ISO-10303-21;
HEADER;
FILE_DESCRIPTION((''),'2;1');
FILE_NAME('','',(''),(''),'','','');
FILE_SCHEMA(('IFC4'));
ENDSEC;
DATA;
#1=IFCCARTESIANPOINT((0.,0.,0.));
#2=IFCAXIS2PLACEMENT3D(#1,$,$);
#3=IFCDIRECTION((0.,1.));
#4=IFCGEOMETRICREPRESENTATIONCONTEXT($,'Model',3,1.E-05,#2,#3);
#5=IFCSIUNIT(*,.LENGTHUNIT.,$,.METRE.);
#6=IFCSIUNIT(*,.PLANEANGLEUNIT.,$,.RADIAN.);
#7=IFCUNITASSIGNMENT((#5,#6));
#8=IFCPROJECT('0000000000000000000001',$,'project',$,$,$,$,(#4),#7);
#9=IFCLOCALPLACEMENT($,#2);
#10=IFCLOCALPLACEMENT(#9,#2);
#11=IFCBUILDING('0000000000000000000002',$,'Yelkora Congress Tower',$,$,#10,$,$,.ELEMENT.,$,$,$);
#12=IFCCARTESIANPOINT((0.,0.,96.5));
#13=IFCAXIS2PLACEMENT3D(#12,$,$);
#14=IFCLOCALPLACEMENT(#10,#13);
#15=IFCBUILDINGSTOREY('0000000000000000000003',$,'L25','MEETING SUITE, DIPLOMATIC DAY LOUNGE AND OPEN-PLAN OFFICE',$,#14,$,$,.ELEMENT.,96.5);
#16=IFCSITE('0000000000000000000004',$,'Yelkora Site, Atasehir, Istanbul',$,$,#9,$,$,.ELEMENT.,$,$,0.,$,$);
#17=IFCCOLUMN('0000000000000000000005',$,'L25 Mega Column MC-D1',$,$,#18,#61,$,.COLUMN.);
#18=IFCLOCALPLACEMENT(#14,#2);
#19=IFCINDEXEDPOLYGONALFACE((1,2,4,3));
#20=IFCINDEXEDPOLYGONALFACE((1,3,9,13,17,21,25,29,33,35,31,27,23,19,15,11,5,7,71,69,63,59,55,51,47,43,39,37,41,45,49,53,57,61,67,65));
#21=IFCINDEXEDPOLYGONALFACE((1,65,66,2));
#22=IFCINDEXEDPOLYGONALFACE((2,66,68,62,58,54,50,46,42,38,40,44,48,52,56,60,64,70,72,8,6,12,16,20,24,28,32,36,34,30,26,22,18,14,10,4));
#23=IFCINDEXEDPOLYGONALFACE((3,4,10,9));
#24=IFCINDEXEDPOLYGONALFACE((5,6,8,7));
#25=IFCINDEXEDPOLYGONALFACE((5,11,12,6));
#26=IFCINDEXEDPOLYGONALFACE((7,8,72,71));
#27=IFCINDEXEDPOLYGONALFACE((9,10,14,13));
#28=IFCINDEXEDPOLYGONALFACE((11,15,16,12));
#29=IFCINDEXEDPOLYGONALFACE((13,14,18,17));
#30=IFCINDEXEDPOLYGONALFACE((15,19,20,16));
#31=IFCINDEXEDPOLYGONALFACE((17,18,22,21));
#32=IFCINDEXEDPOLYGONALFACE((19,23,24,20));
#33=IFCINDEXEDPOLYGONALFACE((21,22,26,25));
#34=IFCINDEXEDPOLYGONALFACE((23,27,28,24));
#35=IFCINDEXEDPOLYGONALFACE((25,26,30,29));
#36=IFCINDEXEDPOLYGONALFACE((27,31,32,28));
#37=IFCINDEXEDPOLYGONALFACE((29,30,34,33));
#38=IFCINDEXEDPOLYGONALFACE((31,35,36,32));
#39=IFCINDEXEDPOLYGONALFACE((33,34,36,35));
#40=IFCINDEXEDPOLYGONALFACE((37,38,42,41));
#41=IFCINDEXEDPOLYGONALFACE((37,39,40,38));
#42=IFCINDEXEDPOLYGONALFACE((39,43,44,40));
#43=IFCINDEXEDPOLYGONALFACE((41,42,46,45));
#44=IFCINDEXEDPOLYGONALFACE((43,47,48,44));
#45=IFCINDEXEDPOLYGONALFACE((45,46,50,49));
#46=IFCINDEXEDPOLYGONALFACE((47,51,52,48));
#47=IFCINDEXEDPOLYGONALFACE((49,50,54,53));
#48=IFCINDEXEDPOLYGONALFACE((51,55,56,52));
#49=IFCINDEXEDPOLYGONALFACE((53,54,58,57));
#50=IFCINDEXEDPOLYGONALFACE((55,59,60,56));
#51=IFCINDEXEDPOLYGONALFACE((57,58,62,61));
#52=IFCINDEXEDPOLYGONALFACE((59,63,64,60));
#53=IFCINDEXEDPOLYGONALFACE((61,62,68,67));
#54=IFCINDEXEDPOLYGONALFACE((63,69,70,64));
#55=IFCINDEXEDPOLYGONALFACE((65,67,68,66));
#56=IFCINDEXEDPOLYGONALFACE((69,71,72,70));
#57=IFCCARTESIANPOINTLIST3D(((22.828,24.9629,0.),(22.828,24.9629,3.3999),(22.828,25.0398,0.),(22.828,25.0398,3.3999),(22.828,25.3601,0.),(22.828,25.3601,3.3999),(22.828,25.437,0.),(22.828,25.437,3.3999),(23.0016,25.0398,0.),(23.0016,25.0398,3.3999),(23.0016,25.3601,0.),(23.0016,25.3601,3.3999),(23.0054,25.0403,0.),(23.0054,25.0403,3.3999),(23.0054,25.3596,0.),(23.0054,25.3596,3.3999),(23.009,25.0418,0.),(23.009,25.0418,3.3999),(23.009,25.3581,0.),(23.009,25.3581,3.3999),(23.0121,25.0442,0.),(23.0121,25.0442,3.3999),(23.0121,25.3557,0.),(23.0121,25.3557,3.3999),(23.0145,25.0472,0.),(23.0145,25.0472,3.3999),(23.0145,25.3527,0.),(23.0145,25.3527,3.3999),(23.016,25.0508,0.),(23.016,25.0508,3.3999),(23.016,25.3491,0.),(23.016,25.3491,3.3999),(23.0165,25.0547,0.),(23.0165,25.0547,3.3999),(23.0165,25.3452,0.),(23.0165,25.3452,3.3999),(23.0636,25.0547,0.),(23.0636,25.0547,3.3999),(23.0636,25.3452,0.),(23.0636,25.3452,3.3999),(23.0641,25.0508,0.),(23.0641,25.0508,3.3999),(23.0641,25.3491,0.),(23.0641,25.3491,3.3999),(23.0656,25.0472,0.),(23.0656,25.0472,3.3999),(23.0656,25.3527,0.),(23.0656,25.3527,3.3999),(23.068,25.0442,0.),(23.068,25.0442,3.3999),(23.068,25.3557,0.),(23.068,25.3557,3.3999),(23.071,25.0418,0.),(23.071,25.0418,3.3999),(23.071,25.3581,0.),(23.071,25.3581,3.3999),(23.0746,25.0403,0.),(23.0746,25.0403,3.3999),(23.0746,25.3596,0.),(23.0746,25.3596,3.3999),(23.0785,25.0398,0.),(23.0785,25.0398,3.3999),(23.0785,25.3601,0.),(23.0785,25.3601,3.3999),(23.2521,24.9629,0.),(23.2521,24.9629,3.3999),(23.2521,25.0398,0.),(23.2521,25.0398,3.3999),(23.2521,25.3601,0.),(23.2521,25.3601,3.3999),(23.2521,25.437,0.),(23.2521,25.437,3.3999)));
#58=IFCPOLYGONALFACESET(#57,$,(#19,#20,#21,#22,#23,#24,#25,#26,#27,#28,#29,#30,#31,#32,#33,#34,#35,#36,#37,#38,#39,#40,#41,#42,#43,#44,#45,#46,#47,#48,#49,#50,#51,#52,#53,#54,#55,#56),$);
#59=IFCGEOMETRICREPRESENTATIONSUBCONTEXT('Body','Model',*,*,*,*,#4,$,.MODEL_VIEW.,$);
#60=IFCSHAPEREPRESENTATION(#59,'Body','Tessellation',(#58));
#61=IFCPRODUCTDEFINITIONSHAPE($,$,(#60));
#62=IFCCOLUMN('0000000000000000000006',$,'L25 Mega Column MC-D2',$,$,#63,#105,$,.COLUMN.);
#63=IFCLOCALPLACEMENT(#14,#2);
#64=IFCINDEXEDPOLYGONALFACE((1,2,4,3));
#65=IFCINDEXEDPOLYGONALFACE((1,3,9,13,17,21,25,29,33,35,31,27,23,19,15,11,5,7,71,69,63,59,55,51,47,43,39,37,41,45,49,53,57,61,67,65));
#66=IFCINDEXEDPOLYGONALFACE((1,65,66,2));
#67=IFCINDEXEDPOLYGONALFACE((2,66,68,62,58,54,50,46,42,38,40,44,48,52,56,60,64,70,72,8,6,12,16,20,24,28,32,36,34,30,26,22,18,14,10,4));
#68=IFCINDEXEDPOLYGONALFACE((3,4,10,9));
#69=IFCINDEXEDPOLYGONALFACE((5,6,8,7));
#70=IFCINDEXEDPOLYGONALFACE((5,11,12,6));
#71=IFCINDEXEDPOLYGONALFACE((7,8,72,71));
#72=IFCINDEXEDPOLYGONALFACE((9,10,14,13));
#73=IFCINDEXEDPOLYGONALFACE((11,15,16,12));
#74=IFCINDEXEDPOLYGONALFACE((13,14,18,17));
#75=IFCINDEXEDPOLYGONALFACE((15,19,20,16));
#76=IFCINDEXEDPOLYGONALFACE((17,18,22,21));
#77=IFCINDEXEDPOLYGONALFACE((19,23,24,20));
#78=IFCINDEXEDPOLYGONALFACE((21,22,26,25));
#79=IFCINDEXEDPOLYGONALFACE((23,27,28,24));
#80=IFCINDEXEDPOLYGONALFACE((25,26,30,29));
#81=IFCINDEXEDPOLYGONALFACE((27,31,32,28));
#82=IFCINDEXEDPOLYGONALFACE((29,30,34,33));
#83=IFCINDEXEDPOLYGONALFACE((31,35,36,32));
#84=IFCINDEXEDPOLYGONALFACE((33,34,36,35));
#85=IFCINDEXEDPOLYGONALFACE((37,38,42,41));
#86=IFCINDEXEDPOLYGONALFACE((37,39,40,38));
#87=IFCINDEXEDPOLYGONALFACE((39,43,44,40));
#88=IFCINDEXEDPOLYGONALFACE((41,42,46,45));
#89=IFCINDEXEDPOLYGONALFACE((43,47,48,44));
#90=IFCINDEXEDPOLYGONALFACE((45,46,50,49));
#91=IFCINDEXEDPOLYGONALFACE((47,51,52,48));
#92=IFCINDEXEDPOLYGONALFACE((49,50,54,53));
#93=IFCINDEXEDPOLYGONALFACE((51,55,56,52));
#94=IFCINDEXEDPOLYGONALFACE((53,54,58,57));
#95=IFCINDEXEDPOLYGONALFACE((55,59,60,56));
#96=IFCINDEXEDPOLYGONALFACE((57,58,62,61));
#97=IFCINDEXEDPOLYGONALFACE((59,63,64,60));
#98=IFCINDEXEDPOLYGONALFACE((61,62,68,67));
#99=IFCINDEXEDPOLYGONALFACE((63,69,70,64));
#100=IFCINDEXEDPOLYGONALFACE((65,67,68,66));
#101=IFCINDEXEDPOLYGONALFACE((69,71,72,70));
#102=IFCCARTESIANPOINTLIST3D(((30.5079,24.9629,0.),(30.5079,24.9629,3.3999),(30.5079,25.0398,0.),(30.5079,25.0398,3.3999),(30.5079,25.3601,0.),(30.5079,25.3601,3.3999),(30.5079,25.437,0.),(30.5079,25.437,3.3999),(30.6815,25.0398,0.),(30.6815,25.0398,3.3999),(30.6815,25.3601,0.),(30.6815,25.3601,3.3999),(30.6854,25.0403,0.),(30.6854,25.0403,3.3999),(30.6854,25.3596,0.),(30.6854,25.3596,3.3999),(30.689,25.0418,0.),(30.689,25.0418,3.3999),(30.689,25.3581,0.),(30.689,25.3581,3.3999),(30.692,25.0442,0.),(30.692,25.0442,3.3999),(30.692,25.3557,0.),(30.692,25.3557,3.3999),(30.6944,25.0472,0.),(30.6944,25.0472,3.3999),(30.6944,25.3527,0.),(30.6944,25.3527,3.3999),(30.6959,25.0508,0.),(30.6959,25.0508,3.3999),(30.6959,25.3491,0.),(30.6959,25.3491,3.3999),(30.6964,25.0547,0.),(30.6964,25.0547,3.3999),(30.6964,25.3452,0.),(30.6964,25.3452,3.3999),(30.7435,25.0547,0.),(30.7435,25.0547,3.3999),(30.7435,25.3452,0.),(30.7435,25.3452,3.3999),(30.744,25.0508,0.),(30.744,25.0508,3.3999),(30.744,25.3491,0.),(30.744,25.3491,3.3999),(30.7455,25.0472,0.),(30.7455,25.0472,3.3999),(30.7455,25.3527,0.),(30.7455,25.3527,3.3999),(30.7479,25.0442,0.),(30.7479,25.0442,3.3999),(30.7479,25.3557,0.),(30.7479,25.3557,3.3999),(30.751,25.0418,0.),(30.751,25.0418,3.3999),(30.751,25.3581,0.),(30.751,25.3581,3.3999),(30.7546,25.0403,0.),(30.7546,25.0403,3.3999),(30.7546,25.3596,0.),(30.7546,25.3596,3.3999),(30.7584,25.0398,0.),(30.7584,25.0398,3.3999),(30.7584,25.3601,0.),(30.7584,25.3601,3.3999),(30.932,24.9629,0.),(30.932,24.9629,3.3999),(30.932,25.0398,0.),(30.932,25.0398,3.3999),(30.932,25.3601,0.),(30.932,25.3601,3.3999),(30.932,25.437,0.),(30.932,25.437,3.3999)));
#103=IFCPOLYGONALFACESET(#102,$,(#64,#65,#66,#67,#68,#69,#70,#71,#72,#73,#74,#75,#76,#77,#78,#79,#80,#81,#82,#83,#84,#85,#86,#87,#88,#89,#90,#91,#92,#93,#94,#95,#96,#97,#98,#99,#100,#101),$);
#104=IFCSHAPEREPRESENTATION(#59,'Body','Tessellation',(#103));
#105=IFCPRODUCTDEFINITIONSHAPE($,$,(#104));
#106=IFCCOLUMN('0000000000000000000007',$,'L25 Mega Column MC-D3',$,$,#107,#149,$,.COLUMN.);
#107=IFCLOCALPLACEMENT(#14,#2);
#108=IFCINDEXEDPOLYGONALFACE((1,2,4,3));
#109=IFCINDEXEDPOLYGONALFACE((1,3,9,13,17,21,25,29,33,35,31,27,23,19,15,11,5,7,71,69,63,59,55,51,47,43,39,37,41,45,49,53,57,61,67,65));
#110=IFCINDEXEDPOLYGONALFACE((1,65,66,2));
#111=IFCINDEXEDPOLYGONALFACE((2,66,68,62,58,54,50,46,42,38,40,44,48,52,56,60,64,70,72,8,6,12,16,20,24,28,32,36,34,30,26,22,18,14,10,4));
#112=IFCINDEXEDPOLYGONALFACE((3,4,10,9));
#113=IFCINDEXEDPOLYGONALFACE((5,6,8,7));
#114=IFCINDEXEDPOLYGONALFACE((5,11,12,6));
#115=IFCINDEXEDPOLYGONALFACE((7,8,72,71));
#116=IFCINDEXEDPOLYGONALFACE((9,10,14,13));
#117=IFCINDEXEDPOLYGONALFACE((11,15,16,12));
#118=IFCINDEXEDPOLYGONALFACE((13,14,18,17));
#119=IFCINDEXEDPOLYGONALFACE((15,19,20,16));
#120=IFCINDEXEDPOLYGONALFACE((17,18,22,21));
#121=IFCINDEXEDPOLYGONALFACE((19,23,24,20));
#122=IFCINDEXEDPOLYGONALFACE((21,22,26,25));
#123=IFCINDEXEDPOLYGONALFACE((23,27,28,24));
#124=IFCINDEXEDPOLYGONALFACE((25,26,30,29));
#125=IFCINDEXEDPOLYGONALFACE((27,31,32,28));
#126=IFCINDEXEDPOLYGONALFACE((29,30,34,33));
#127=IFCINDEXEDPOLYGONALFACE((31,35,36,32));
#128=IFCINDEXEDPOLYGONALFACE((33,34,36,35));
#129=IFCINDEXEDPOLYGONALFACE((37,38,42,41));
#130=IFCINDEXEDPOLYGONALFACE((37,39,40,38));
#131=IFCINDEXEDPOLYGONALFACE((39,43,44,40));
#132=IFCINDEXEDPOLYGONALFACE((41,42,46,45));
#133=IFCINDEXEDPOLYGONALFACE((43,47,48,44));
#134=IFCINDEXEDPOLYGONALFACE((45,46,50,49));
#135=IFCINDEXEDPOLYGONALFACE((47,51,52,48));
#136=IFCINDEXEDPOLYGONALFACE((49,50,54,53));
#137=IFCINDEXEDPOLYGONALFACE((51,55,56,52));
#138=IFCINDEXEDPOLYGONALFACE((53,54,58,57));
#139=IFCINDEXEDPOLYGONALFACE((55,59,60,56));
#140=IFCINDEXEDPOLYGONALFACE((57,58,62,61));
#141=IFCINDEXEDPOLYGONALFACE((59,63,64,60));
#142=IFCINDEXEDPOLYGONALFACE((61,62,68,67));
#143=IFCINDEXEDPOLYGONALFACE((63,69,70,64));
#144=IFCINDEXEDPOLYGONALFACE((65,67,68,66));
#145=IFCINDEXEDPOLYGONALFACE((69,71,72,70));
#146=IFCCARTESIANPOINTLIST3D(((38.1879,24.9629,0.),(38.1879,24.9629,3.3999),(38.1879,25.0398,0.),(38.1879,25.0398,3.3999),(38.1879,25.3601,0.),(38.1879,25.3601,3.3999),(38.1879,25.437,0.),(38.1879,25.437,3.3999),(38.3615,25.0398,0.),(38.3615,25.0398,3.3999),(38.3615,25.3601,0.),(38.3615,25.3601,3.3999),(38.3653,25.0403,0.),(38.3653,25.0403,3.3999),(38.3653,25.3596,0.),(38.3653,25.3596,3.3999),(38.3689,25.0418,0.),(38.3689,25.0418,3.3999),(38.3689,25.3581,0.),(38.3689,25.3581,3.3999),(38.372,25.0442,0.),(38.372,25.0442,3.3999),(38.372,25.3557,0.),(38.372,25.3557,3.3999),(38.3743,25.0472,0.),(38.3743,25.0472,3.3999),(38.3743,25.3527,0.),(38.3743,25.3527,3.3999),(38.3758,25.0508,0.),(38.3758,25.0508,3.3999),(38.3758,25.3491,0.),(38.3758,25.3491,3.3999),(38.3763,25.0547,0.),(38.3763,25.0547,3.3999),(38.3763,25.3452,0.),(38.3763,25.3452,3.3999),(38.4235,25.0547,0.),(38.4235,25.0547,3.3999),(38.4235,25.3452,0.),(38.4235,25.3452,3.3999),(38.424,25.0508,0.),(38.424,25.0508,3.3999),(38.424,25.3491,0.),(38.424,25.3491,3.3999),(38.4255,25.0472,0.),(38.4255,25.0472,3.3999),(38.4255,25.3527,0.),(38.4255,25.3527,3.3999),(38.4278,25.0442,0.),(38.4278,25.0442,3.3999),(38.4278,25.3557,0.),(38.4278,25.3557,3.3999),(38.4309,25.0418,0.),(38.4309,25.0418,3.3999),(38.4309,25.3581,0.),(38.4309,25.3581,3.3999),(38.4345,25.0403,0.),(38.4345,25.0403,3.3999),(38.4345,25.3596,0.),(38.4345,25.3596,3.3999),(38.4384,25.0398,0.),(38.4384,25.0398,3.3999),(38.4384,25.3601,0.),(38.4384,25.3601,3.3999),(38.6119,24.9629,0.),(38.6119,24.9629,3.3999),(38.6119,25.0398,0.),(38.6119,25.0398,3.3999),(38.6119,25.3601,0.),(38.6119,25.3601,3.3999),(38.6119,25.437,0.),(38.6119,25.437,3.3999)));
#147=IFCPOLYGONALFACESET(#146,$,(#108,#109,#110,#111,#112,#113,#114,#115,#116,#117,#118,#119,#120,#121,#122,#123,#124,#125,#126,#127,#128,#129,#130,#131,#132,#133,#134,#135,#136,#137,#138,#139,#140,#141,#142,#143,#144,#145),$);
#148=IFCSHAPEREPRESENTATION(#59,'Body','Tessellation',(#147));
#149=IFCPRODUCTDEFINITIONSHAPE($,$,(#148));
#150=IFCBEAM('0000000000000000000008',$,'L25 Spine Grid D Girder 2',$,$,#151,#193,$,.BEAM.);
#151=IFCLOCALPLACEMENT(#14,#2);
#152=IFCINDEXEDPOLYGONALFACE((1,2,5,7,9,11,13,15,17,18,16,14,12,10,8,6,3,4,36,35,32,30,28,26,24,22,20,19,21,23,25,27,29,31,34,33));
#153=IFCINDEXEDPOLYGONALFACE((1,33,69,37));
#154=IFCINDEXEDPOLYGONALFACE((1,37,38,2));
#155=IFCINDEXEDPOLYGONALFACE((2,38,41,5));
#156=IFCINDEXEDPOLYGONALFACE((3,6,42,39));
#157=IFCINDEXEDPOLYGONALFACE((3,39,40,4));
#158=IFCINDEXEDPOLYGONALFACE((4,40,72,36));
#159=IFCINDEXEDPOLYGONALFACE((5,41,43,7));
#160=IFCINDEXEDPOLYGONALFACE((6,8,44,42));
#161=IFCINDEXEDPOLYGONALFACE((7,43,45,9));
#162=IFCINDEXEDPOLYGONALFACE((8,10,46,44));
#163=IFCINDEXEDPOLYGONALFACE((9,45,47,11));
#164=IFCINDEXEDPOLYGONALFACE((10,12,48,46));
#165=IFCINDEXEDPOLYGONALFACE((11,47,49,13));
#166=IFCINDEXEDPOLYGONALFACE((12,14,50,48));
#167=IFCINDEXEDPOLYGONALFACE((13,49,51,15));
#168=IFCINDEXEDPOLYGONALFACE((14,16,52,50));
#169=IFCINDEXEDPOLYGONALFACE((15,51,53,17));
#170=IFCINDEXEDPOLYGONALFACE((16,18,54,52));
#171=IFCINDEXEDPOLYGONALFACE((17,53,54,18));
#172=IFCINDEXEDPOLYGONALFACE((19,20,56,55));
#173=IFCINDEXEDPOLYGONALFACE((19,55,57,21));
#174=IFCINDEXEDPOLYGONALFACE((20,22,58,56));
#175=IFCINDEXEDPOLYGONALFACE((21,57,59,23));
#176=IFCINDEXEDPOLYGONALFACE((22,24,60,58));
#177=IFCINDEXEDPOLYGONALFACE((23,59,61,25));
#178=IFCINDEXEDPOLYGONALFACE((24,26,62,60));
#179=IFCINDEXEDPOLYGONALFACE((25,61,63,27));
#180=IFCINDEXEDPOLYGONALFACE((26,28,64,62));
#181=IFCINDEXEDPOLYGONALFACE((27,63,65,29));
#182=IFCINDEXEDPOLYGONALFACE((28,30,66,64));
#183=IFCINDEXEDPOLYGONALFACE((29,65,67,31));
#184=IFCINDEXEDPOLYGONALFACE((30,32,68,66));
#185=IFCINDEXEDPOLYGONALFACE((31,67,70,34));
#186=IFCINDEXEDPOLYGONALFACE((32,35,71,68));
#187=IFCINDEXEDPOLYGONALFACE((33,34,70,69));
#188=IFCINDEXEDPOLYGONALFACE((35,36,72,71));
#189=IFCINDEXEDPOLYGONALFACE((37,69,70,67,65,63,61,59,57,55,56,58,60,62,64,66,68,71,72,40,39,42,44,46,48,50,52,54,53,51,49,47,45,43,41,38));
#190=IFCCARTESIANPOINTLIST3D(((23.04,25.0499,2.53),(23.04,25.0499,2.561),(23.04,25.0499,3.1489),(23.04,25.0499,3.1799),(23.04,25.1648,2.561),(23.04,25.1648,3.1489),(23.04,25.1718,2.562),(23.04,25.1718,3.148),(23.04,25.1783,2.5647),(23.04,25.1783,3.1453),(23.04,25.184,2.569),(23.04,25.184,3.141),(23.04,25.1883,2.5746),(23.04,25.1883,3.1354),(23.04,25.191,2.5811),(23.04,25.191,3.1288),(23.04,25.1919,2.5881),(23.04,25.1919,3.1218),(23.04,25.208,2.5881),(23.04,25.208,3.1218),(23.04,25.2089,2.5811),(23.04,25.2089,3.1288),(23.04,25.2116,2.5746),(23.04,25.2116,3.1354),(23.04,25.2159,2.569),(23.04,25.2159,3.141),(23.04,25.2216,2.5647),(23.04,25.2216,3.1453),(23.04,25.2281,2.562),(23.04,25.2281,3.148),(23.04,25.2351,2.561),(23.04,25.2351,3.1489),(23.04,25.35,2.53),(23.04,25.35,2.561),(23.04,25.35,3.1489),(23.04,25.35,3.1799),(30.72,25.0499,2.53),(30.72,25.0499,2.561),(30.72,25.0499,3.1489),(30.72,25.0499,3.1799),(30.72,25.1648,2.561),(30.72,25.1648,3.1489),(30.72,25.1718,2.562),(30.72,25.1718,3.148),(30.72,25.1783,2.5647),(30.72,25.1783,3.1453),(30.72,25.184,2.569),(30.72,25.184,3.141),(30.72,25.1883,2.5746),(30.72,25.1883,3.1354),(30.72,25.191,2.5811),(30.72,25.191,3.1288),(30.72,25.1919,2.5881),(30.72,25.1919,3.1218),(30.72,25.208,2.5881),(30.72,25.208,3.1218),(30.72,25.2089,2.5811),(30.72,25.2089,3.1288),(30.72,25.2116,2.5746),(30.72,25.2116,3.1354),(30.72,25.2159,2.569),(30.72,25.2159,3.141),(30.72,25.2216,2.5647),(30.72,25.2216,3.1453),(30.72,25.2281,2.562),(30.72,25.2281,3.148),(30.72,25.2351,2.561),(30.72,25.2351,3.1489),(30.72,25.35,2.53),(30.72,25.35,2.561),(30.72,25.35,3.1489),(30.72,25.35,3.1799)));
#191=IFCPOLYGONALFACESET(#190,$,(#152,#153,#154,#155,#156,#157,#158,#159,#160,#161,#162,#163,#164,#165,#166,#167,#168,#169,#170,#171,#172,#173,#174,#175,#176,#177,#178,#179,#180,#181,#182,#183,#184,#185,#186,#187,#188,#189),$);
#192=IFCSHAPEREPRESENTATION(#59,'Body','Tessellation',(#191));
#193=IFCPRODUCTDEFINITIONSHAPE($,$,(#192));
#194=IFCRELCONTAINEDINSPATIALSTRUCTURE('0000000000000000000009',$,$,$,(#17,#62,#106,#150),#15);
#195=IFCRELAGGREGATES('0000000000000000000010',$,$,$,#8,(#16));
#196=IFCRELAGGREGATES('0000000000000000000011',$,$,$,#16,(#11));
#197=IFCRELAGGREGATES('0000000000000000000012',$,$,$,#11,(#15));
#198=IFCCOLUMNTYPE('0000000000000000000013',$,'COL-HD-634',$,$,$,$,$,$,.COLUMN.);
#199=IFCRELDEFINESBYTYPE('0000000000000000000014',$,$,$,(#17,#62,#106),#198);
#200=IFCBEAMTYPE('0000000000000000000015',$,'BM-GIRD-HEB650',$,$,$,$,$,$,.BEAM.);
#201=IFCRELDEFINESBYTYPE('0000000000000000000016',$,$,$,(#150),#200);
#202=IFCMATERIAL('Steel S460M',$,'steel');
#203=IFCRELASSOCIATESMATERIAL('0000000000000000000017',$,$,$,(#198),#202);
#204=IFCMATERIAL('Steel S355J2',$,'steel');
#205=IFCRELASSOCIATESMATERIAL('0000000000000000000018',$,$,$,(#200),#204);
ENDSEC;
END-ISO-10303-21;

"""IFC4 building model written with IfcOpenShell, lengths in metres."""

from ifc_helpers import new_model, si_unit, direction, frame, origin, origin_2d, place, context, subcontext, project, spatial, i_section, extrude, material, material_profile, profile_set, type_object, element, save


model = new_model("IFC4")

# Units and contexts
model_context = context("Model", 3, precision=1e-05, world=origin(), true_north=direction((0.0, 1.0)))
body_context = subcontext(model_context, "Body", "Model", "MODEL_VIEW")
ifc_project = project(units=[si_unit("LENGTHUNIT", "METRE"), si_unit("PLANEANGLEUNIT", "RADIAN")], contexts=[model_context])

# Site, building, storey
site_placement = place(None, origin())
site = spatial("IfcSite", under=ifc_project, at=site_placement, Name="Yelkora Site, Atasehir, Istanbul", CompositionType="ELEMENT", RefElevation=0.0)
building_placement = place(site_placement, origin())
building = spatial("IfcBuilding", under=site, at=building_placement, Name="Yelkora Congress Tower", CompositionType="ELEMENT")
storey_placement = place(building_placement, frame((0.0, 0.0, 96.5)))
storey = spatial("IfcBuildingStorey", under=building, at=storey_placement, Name="L25", Description="MEETING SUITE, DIPLOMATIC DAY LOUNGE AND OPEN-PLAN OFFICE", CompositionType="ELEMENT", Elevation=96.5)

# Columns
ifc_material_1 = material(Name="Steel S460M", Category="steel")
ifc_material_profile_1 = material_profile(ifc_material_1, i_section(OverallWidth=0.4241, OverallDepth=0.4741, WebThickness=0.0471, FlangeThickness=0.0769, FilletRadius=0.0149, at=origin_2d()), Name="HD 400x634")
ifc_profile_set_1 = profile_set([ifc_material_profile_1], Name="Steel S460M")
column_type = type_object("IfcColumnType", Name="COL-HD-634", PredefinedType="COLUMN", material=ifc_profile_set_1)
for number, where, z_axis, x_axis, name in (
    (1, (23.04, 25.2, 0.0), (0.0, 0.0, 1.0), (1.0, 0.0, 0.0), "L25 Mega Column MC-D1"),
    (2, (30.72, 25.2, 0.0), (0.0, 0.0, 1.0), (1.0, 0.0, 0.0), "L25 Mega Column MC-D2"),
    (3, (38.3999, 25.2, 0.0), (0.0, 0.0, 1.0), (1.0, 0.0, 0.0), "L25 Mega Column MC-D3"),
):
    element("IfcColumn", number, at=place(storey_placement, frame(where, z_axis=z_axis, x_axis=x_axis)), inside=storey, type_object=column_type, Name=name, PredefinedType="COLUMN", context=body_context, shape_type="SweptSolid", body=[
        extrude(i_section(OverallWidth=0.4241, OverallDepth=0.4741, WebThickness=0.0471, FlangeThickness=0.0769, FilletRadius=0.0149, at=origin_2d()), origin(), (0.0, 0.0, 1.0), 3.3999),
    ])

# Beam
ifc_material_2 = material(Name="Steel S355J2", Category="steel")
ifc_material_profile_2 = material_profile(ifc_material_2, i_section(OverallWidth=0.3, OverallDepth=0.6499, WebThickness=0.0161, FlangeThickness=0.031, FilletRadius=0.0271, at=origin_2d()), Name="HEB 650")
ifc_profile_set_2 = profile_set([ifc_material_profile_2], Name="Steel S355J2")
beam_type_1 = type_object("IfcBeamType", Name="BM-GIRD-HEB650", PredefinedType="BEAM", material=ifc_profile_set_2)
for number, where, z_axis, x_axis, name in (
    (4, (23.04, 25.2, 2.855), (1.0, 0.0, 0.0), (0.0, 1.0, 0.0), "L25 Spine Grid D Girder 2"),
):
    element("IfcBeam", number, at=place(storey_placement, frame(where, z_axis=z_axis, x_axis=x_axis)), inside=storey, type_object=beam_type_1, Name=name, PredefinedType="BEAM", context=body_context, shape_type="SweptSolid", body=[
        extrude(i_section(OverallWidth=0.3, OverallDepth=0.6499, WebThickness=0.0161, FlangeThickness=0.031, FilletRadius=0.0271, at=origin_2d()), origin(), (0.0, 0.0, 1.0), 7.6799),
    ])

save(model, "model.ifc")
